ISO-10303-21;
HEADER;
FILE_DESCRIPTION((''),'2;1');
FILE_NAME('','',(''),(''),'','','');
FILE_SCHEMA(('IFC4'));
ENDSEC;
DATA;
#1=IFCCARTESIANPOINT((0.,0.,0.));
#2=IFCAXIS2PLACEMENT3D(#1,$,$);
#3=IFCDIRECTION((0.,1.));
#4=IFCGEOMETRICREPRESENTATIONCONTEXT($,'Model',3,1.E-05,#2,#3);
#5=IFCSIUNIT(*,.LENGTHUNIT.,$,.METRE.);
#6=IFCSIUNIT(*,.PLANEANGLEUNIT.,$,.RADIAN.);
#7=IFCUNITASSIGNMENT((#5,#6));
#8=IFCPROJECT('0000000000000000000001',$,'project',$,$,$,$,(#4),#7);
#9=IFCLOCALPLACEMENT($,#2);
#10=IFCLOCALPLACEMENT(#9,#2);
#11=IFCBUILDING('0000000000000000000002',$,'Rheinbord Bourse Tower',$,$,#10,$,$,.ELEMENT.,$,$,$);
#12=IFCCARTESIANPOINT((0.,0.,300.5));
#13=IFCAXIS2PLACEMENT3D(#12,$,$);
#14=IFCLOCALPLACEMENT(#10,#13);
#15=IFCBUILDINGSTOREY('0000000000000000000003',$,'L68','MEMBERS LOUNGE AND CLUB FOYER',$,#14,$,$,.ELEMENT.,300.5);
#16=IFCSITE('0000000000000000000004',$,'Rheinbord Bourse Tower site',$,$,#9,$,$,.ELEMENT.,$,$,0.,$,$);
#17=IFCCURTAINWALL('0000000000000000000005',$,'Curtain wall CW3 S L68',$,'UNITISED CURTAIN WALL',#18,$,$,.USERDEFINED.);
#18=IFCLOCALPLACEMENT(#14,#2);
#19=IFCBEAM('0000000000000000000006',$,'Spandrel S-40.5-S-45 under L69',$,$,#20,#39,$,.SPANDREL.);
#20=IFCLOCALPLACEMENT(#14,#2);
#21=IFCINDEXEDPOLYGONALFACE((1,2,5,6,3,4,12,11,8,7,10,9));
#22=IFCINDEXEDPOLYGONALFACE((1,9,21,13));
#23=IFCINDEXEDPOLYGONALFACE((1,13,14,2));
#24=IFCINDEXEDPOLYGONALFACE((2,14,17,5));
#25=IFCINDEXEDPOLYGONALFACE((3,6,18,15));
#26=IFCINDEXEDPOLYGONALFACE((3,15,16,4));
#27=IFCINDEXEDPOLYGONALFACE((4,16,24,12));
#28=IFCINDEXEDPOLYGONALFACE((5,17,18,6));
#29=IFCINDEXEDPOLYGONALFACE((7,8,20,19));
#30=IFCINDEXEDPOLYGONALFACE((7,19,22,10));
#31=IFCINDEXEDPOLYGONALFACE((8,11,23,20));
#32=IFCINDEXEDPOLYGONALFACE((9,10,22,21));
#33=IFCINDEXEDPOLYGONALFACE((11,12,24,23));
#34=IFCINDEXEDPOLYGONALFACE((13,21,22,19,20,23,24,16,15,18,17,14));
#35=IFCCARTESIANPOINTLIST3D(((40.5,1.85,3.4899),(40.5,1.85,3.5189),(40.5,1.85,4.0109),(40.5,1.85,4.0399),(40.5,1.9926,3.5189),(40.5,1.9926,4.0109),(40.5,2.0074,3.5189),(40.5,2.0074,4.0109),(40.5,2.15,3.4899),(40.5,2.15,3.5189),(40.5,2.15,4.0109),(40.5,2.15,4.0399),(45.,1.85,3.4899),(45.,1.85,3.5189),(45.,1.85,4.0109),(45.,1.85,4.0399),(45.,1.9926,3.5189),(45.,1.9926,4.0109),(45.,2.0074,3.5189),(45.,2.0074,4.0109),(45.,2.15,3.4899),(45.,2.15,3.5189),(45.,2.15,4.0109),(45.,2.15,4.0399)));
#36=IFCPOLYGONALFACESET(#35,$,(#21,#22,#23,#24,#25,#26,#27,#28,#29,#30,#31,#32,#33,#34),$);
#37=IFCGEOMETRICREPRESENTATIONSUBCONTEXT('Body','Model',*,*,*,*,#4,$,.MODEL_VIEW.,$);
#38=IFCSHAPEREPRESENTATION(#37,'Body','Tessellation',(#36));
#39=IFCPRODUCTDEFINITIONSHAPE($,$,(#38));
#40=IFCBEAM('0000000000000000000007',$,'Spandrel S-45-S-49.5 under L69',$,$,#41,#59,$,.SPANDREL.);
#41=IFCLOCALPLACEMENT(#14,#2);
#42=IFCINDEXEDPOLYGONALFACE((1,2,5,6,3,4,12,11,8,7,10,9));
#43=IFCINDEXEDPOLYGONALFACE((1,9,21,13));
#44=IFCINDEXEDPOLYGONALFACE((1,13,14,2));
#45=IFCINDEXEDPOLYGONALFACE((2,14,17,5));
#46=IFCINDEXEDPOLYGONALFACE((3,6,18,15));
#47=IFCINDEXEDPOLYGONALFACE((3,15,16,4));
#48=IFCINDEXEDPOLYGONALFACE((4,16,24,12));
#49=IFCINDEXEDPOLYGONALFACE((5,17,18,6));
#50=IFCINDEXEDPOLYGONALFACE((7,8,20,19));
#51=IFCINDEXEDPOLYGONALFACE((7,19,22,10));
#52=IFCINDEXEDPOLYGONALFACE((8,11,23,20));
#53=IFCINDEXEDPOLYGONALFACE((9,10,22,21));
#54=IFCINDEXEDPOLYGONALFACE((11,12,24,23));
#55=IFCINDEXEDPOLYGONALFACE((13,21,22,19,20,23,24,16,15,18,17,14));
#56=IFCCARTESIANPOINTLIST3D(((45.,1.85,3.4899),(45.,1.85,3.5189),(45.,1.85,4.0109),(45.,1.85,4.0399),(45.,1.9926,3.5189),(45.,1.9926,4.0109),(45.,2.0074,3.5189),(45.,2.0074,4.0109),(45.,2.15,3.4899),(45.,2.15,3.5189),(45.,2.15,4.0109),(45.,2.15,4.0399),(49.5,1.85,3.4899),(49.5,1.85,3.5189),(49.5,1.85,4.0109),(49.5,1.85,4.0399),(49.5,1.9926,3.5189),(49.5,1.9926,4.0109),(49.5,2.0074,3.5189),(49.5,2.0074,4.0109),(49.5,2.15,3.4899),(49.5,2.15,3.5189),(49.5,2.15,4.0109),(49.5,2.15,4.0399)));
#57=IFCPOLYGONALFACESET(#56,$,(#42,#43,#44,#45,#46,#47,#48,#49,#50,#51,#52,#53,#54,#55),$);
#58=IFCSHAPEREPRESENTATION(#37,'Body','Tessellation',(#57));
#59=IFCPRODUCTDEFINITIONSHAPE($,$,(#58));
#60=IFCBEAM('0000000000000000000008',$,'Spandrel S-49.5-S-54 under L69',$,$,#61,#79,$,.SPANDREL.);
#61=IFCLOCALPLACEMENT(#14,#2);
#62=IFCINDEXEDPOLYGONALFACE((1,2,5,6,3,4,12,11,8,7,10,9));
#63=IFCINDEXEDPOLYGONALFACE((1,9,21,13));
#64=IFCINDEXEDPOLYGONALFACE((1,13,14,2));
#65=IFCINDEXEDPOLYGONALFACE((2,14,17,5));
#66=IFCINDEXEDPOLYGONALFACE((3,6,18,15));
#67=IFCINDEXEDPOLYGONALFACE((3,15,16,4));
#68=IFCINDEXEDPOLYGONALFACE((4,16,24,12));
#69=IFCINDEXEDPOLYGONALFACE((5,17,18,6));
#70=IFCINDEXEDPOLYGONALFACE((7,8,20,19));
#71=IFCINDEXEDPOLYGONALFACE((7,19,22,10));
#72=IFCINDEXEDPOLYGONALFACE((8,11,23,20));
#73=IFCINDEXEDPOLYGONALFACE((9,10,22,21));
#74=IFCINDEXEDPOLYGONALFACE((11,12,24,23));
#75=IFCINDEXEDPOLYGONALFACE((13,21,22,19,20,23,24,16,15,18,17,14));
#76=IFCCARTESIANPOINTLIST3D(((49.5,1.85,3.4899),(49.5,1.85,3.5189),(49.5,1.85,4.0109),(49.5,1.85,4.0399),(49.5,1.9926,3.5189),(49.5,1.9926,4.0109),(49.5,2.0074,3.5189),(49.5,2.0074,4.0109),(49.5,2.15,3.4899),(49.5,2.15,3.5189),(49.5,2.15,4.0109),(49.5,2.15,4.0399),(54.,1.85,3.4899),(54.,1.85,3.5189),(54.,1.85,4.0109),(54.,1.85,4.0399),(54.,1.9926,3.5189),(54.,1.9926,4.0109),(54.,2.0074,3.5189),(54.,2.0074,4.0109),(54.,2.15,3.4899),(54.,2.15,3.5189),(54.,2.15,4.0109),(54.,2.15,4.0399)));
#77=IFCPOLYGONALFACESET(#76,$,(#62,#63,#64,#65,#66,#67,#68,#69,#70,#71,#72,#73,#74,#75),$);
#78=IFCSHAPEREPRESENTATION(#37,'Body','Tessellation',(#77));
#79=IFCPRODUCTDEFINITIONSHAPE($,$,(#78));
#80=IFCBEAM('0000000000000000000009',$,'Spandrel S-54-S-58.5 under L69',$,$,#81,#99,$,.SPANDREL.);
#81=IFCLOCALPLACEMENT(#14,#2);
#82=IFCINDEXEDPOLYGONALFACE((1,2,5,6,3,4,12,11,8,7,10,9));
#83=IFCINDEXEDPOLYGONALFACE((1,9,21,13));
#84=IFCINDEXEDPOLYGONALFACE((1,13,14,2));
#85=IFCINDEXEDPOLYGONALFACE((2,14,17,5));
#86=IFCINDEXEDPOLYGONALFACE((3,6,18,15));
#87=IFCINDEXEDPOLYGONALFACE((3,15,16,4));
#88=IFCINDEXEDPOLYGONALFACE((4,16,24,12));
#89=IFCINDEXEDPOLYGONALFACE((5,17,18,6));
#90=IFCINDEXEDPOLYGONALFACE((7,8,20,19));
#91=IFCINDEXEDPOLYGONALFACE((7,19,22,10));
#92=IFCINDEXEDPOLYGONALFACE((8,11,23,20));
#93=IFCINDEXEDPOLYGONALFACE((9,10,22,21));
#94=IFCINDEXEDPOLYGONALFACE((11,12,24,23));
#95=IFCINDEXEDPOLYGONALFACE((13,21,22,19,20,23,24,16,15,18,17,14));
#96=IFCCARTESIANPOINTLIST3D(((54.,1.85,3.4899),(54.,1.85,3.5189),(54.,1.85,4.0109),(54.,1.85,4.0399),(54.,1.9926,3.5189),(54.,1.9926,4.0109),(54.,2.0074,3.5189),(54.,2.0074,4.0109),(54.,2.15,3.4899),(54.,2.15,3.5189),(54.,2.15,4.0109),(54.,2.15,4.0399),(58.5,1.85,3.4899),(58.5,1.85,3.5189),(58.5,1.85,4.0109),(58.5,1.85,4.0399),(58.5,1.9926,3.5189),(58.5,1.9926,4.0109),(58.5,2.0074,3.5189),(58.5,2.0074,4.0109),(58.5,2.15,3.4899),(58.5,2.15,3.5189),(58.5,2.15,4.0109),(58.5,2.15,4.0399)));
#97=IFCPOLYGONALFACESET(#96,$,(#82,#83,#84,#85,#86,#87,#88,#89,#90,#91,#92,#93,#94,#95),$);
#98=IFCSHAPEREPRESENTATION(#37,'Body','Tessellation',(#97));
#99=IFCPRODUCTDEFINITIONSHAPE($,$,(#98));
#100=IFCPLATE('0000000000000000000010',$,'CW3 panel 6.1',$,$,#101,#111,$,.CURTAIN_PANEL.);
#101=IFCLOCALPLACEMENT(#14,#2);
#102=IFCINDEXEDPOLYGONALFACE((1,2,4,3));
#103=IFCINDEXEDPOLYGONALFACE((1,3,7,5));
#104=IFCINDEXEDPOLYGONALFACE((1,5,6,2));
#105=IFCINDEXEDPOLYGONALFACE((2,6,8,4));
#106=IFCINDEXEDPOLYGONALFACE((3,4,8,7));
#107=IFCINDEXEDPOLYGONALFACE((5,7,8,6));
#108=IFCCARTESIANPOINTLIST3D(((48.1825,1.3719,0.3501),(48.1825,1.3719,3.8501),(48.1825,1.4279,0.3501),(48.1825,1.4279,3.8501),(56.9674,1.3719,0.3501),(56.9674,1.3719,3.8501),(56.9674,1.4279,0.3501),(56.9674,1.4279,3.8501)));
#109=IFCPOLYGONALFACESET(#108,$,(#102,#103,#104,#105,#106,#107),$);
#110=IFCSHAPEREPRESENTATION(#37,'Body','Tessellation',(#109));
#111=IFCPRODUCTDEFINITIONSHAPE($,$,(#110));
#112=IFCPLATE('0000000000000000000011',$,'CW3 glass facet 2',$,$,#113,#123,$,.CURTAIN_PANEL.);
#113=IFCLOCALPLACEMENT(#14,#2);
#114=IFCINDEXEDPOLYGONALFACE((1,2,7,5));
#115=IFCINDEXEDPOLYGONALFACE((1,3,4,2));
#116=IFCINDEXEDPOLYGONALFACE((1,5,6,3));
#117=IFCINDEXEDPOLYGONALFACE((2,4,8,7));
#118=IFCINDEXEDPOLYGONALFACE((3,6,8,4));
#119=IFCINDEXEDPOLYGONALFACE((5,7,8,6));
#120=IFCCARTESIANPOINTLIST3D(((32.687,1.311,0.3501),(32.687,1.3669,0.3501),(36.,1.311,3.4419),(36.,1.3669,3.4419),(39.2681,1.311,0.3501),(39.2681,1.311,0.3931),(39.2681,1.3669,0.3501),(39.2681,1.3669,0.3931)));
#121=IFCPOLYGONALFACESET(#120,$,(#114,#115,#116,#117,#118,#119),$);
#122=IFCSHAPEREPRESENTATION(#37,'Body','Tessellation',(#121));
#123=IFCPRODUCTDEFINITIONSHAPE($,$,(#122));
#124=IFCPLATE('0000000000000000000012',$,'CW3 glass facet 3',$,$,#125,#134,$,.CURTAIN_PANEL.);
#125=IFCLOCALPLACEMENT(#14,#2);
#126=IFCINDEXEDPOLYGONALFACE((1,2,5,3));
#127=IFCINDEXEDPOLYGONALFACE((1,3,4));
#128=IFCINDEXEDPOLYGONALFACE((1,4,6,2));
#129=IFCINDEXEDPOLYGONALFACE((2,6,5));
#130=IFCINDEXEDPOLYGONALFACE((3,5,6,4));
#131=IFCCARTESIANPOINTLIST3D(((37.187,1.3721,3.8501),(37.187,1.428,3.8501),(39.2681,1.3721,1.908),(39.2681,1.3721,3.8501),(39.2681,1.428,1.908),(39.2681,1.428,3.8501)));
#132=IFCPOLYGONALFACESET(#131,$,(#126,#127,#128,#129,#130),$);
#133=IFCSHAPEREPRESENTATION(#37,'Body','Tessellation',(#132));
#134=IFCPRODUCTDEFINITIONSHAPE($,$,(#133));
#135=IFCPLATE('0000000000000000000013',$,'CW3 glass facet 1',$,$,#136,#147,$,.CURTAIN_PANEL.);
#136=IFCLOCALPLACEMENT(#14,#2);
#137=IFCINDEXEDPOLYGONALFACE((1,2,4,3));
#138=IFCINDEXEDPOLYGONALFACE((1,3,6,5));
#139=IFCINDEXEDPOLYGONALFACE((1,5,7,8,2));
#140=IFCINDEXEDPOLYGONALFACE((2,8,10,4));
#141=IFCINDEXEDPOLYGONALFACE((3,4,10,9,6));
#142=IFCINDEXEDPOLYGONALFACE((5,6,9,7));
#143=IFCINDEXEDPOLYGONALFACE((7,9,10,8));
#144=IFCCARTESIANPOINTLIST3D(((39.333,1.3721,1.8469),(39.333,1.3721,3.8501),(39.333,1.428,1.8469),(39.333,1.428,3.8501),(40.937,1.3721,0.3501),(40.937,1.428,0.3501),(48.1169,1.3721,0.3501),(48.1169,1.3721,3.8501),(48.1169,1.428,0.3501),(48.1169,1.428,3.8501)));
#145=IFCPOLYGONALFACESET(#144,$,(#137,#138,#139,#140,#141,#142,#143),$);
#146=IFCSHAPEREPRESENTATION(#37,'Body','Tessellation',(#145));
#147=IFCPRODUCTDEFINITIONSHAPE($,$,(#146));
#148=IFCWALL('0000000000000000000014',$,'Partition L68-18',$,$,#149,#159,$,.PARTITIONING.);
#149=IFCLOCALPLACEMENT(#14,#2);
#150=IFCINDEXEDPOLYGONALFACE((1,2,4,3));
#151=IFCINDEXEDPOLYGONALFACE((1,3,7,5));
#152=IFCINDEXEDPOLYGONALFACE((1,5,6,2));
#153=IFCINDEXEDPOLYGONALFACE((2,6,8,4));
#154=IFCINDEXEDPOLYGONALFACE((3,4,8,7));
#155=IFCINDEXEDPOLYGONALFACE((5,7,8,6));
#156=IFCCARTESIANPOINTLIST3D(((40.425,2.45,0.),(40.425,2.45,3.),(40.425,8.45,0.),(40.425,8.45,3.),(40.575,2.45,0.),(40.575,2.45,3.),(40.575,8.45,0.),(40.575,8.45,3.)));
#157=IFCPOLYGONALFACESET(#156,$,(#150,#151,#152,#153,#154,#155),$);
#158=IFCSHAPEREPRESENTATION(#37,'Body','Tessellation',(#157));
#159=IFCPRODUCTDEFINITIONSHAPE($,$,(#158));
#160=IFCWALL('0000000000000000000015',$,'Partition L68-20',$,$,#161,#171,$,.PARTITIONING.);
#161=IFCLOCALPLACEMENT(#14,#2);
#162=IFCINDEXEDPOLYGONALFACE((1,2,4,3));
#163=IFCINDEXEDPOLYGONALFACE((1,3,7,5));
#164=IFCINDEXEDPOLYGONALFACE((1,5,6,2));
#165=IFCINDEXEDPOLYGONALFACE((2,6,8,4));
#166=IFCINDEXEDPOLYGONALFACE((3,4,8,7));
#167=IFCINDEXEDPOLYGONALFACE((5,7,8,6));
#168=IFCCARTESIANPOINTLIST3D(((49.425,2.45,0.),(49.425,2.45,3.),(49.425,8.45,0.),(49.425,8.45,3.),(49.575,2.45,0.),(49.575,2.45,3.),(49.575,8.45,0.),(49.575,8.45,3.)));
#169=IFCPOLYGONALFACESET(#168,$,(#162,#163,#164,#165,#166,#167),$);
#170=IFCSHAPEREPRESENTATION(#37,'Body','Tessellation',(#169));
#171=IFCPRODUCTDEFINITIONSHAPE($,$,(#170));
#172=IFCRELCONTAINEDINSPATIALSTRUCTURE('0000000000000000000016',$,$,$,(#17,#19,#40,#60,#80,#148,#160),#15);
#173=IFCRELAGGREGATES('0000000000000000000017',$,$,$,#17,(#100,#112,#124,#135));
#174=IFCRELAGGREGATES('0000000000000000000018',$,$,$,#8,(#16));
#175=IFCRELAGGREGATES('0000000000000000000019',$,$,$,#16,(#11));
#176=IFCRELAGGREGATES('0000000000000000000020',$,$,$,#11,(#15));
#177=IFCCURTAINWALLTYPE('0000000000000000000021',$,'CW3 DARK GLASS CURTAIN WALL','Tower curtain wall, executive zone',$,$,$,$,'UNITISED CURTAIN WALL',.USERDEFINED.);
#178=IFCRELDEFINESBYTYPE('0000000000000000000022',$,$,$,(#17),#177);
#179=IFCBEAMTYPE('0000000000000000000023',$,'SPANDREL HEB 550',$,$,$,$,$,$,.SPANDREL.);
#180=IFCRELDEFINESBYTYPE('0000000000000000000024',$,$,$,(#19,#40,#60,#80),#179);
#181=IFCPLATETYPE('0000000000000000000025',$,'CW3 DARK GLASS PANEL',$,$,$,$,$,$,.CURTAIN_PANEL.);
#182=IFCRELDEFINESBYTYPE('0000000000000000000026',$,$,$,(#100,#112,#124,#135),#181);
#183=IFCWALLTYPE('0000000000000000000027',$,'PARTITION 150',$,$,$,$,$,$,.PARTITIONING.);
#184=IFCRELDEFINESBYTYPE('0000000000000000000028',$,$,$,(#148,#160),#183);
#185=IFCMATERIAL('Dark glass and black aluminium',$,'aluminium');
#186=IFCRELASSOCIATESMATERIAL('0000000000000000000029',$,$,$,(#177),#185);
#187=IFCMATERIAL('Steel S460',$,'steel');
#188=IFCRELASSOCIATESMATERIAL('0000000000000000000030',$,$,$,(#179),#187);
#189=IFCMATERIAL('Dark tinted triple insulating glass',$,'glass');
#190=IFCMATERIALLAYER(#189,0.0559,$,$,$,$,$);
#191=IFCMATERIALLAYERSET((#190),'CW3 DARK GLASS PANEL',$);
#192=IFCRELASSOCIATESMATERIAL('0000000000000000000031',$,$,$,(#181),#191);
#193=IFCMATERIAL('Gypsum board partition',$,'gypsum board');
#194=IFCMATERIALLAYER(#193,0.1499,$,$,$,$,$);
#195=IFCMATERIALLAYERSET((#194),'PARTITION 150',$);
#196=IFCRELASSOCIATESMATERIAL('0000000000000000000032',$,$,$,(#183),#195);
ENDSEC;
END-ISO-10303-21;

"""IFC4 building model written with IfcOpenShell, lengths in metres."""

from ifc_helpers import new_model, si_unit, direction, frame, frame_2d, origin, origin_2d, place, context, subcontext, project, spatial, polyline, rectangle, i_section, outline, extrude, material, layer, layer_set, material_profile, profile_set, type_object, element, aggregate, save


model = new_model("IFC4")

# Units and contexts
model_context = context("Model", 3, precision=1e-05, world=origin(), true_north=direction((0.0, 1.0)))
body_context = subcontext(model_context, "Body", "Model", "MODEL_VIEW")
ifc_project = project(units=[si_unit("LENGTHUNIT", "METRE"), si_unit("PLANEANGLEUNIT", "RADIAN")], contexts=[model_context])

# Site, building, storey
site_placement = place(None, origin())
site = spatial("IfcSite", under=ifc_project, at=site_placement, Name="Rheinbord Bourse Tower site", CompositionType="ELEMENT", RefElevation=0.0)
building_placement = place(site_placement, origin())
building = spatial("IfcBuilding", under=site, at=building_placement, Name="Rheinbord Bourse Tower", CompositionType="ELEMENT")
storey_placement = place(building_placement, frame((0.0, 0.0, 300.5)))
storey = spatial("IfcBuildingStorey", under=building, at=storey_placement, Name="L68", Description="MEMBERS LOUNGE AND CLUB FOYER", CompositionType="ELEMENT", Elevation=300.5)

# Curtain wall
ifc_material_1 = material(Name="Dark glass and black aluminium", Category="aluminium")
curtain_wall_type = type_object("IfcCurtainWallType", Name="CW3 DARK GLASS CURTAIN WALL", Description="Tower curtain wall, executive zone", ElementType="UNITISED CURTAIN WALL", PredefinedType="USERDEFINED", material=ifc_material_1)
curtain_wall_placement = place(storey_placement, origin())
curtain_wall = element("IfcCurtainWall", 1, at=curtain_wall_placement, inside=storey, type_object=curtain_wall_type, Name="Curtain wall CW3 S L68", ObjectType="UNITISED CURTAIN WALL", PredefinedType="USERDEFINED")

# Beams
ifc_material_2 = material(Name="Steel S460", Category="steel")
ifc_material_profile_1 = material_profile(ifc_material_2, i_section(OverallWidth=0.3, OverallDepth=0.55, WebThickness=0.0149, FlangeThickness=0.0291, at=origin_2d()), Name="HEB 550")
ifc_profile_set_1 = profile_set([ifc_material_profile_1], Name="Steel S460")
beam_type_1 = type_object("IfcBeamType", Name="SPANDREL HEB 550", PredefinedType="SPANDREL", material=ifc_profile_set_1)
for number, where, z_axis, x_axis, name in (
    (2, (40.5, 2.0, 3.7649), (1.0, 0.0, 0.0), (0.0, 1.0, 0.0), "Spandrel S-40.5-S-45 under L69"),
    (3, (45.0, 2.0, 3.7649), (1.0, 0.0, 0.0), (0.0, 1.0, 0.0), "Spandrel S-45-S-49.5 under L69"),
    (4, (49.5, 2.0, 3.7649), (1.0, 0.0, 0.0), (0.0, 1.0, 0.0), "Spandrel S-49.5-S-54 under L69"),
    (5, (54.0, 2.0, 3.7649), (1.0, 0.0, 0.0), (0.0, 1.0, 0.0), "Spandrel S-54-S-58.5 under L69"),
):
    element("IfcBeam", number, at=place(storey_placement, frame(where, z_axis=z_axis, x_axis=x_axis)), inside=storey, type_object=beam_type_1, Name=name, PredefinedType="SPANDREL", context=body_context, shape_type="SweptSolid", body=[
        extrude(i_section(OverallWidth=0.3, OverallDepth=0.55, WebThickness=0.0149, FlangeThickness=0.0291, at=origin_2d()), origin(), (0.0, 0.0, 1.0), 4.5),
    ])

# Plates
ifc_material_3 = material(Name="Dark tinted triple insulating glass", Category="glass")
ifc_layer_1 = layer(ifc_material_3, 0.0559)
ifc_layer_set_1 = layer_set([ifc_layer_1], Name="CW3 DARK GLASS PANEL")
plate_type = type_object("IfcPlateType", Name="CW3 DARK GLASS PANEL", PredefinedType="CURTAIN_PANEL", material=ifc_layer_set_1)
plate_1_placement = place(storey_placement, frame((52.575, 1.3999, 0.3501), z_axis=(0.0, 0.0, 1.0), x_axis=(1.0, 0.0, 0.0)))
plate_1 = element("IfcPlate", 6, at=plate_1_placement, type_object=plate_type, Name="CW3 panel 6.1", PredefinedType="CURTAIN_PANEL", context=body_context, shape_type="SweptSolid", body=[
    extrude(rectangle(XDim=8.7849, YDim=0.0559, at=origin_2d()), origin(), (0.0, 0.0, 1.0), 3.5),
])
plate_2_placement = place(storey_placement, frame((39.2681, 1.311, 0.3501), z_axis=(0.0, 1.0, 0.0), x_axis=(-1.0, 0.0, 0.0)))
plate_2 = element("IfcPlate", 7, at=plate_2_placement, type_object=plate_type, Name="CW3 glass facet 2", PredefinedType="CURTAIN_PANEL", context=body_context, shape_type="SweptSolid", body=[
    extrude(outline(polyline([(0.0, 0.0), (6.5811, 0.0), (3.2681, 3.0918), (0.0, 0.043), (0.0, 0.0)])), origin(), (0.0, 0.0, 1.0), 0.0559),
])
plate_3_placement = place(storey_placement, frame((39.2681, 1.3721, 3.8501), z_axis=(0.0, 1.0, 0.0), x_axis=(0.0, 0.0, -1.0)))
plate_3 = element("IfcPlate", 8, at=plate_3_placement, type_object=plate_type, Name="CW3 glass facet 3", PredefinedType="CURTAIN_PANEL", context=body_context, shape_type="SweptSolid", body=[
    extrude(outline(polyline([(0.0, 0.0), (1.9421, 0.0), (0.0, 2.0811), (0.0, 0.0)])), origin(), (0.0, 0.0, 1.0), 0.0559),
])
plate_4_placement = place(storey_placement, frame((39.333, 1.3721, 3.8501), z_axis=(0.0, 1.0, 0.0), x_axis=(1.0, 0.0, 0.0)))
plate_4 = element("IfcPlate", 9, at=plate_4_placement, type_object=plate_type, Name="CW3 glass facet 1", PredefinedType="CURTAIN_PANEL", context=body_context, shape_type="SweptSolid", body=[
    extrude(outline(polyline([(0.0, 0.0), (8.7839, 0.0), (8.7839, 3.5), (1.604, 3.5), (0.0, 2.0032), (0.0, 0.0)])), origin(), (0.0, 0.0, 1.0), 0.0559),
])
aggregate(curtain_wall, [plate_1, plate_2, plate_3, plate_4])

# Walls
ifc_material_4 = material(Name="Gypsum board partition", Category="gypsum board")
ifc_layer_2 = layer(ifc_material_4, 0.1499)
ifc_layer_set_2 = layer_set([ifc_layer_2], Name="PARTITION 150")
wall_type = type_object("IfcWallType", Name="PARTITION 150", PredefinedType="PARTITIONING", material=ifc_layer_set_2)
for number, where, z_axis, x_axis, name in (
    (10, (40.5, 2.45, 0.0), (0.0, 0.0, 1.0), (0.0, 1.0, 0.0), "Partition L68-18"),
    (11, (49.5, 2.45, 0.0), (0.0, 0.0, 1.0), (0.0, 1.0, 0.0), "Partition L68-20"),
):
    element("IfcWall", number, at=place(storey_placement, frame(where, z_axis=z_axis, x_axis=x_axis)), inside=storey, type_object=wall_type, Name=name, PredefinedType="PARTITIONING", context=body_context, shape_type="SweptSolid", body=[
        extrude(rectangle(XDim=6.0, YDim=0.1499, at=frame_2d((3.0, 0.0))), origin(), (0.0, 0.0, 1.0), 3.0),
    ])

save(model, "model.ifc")
